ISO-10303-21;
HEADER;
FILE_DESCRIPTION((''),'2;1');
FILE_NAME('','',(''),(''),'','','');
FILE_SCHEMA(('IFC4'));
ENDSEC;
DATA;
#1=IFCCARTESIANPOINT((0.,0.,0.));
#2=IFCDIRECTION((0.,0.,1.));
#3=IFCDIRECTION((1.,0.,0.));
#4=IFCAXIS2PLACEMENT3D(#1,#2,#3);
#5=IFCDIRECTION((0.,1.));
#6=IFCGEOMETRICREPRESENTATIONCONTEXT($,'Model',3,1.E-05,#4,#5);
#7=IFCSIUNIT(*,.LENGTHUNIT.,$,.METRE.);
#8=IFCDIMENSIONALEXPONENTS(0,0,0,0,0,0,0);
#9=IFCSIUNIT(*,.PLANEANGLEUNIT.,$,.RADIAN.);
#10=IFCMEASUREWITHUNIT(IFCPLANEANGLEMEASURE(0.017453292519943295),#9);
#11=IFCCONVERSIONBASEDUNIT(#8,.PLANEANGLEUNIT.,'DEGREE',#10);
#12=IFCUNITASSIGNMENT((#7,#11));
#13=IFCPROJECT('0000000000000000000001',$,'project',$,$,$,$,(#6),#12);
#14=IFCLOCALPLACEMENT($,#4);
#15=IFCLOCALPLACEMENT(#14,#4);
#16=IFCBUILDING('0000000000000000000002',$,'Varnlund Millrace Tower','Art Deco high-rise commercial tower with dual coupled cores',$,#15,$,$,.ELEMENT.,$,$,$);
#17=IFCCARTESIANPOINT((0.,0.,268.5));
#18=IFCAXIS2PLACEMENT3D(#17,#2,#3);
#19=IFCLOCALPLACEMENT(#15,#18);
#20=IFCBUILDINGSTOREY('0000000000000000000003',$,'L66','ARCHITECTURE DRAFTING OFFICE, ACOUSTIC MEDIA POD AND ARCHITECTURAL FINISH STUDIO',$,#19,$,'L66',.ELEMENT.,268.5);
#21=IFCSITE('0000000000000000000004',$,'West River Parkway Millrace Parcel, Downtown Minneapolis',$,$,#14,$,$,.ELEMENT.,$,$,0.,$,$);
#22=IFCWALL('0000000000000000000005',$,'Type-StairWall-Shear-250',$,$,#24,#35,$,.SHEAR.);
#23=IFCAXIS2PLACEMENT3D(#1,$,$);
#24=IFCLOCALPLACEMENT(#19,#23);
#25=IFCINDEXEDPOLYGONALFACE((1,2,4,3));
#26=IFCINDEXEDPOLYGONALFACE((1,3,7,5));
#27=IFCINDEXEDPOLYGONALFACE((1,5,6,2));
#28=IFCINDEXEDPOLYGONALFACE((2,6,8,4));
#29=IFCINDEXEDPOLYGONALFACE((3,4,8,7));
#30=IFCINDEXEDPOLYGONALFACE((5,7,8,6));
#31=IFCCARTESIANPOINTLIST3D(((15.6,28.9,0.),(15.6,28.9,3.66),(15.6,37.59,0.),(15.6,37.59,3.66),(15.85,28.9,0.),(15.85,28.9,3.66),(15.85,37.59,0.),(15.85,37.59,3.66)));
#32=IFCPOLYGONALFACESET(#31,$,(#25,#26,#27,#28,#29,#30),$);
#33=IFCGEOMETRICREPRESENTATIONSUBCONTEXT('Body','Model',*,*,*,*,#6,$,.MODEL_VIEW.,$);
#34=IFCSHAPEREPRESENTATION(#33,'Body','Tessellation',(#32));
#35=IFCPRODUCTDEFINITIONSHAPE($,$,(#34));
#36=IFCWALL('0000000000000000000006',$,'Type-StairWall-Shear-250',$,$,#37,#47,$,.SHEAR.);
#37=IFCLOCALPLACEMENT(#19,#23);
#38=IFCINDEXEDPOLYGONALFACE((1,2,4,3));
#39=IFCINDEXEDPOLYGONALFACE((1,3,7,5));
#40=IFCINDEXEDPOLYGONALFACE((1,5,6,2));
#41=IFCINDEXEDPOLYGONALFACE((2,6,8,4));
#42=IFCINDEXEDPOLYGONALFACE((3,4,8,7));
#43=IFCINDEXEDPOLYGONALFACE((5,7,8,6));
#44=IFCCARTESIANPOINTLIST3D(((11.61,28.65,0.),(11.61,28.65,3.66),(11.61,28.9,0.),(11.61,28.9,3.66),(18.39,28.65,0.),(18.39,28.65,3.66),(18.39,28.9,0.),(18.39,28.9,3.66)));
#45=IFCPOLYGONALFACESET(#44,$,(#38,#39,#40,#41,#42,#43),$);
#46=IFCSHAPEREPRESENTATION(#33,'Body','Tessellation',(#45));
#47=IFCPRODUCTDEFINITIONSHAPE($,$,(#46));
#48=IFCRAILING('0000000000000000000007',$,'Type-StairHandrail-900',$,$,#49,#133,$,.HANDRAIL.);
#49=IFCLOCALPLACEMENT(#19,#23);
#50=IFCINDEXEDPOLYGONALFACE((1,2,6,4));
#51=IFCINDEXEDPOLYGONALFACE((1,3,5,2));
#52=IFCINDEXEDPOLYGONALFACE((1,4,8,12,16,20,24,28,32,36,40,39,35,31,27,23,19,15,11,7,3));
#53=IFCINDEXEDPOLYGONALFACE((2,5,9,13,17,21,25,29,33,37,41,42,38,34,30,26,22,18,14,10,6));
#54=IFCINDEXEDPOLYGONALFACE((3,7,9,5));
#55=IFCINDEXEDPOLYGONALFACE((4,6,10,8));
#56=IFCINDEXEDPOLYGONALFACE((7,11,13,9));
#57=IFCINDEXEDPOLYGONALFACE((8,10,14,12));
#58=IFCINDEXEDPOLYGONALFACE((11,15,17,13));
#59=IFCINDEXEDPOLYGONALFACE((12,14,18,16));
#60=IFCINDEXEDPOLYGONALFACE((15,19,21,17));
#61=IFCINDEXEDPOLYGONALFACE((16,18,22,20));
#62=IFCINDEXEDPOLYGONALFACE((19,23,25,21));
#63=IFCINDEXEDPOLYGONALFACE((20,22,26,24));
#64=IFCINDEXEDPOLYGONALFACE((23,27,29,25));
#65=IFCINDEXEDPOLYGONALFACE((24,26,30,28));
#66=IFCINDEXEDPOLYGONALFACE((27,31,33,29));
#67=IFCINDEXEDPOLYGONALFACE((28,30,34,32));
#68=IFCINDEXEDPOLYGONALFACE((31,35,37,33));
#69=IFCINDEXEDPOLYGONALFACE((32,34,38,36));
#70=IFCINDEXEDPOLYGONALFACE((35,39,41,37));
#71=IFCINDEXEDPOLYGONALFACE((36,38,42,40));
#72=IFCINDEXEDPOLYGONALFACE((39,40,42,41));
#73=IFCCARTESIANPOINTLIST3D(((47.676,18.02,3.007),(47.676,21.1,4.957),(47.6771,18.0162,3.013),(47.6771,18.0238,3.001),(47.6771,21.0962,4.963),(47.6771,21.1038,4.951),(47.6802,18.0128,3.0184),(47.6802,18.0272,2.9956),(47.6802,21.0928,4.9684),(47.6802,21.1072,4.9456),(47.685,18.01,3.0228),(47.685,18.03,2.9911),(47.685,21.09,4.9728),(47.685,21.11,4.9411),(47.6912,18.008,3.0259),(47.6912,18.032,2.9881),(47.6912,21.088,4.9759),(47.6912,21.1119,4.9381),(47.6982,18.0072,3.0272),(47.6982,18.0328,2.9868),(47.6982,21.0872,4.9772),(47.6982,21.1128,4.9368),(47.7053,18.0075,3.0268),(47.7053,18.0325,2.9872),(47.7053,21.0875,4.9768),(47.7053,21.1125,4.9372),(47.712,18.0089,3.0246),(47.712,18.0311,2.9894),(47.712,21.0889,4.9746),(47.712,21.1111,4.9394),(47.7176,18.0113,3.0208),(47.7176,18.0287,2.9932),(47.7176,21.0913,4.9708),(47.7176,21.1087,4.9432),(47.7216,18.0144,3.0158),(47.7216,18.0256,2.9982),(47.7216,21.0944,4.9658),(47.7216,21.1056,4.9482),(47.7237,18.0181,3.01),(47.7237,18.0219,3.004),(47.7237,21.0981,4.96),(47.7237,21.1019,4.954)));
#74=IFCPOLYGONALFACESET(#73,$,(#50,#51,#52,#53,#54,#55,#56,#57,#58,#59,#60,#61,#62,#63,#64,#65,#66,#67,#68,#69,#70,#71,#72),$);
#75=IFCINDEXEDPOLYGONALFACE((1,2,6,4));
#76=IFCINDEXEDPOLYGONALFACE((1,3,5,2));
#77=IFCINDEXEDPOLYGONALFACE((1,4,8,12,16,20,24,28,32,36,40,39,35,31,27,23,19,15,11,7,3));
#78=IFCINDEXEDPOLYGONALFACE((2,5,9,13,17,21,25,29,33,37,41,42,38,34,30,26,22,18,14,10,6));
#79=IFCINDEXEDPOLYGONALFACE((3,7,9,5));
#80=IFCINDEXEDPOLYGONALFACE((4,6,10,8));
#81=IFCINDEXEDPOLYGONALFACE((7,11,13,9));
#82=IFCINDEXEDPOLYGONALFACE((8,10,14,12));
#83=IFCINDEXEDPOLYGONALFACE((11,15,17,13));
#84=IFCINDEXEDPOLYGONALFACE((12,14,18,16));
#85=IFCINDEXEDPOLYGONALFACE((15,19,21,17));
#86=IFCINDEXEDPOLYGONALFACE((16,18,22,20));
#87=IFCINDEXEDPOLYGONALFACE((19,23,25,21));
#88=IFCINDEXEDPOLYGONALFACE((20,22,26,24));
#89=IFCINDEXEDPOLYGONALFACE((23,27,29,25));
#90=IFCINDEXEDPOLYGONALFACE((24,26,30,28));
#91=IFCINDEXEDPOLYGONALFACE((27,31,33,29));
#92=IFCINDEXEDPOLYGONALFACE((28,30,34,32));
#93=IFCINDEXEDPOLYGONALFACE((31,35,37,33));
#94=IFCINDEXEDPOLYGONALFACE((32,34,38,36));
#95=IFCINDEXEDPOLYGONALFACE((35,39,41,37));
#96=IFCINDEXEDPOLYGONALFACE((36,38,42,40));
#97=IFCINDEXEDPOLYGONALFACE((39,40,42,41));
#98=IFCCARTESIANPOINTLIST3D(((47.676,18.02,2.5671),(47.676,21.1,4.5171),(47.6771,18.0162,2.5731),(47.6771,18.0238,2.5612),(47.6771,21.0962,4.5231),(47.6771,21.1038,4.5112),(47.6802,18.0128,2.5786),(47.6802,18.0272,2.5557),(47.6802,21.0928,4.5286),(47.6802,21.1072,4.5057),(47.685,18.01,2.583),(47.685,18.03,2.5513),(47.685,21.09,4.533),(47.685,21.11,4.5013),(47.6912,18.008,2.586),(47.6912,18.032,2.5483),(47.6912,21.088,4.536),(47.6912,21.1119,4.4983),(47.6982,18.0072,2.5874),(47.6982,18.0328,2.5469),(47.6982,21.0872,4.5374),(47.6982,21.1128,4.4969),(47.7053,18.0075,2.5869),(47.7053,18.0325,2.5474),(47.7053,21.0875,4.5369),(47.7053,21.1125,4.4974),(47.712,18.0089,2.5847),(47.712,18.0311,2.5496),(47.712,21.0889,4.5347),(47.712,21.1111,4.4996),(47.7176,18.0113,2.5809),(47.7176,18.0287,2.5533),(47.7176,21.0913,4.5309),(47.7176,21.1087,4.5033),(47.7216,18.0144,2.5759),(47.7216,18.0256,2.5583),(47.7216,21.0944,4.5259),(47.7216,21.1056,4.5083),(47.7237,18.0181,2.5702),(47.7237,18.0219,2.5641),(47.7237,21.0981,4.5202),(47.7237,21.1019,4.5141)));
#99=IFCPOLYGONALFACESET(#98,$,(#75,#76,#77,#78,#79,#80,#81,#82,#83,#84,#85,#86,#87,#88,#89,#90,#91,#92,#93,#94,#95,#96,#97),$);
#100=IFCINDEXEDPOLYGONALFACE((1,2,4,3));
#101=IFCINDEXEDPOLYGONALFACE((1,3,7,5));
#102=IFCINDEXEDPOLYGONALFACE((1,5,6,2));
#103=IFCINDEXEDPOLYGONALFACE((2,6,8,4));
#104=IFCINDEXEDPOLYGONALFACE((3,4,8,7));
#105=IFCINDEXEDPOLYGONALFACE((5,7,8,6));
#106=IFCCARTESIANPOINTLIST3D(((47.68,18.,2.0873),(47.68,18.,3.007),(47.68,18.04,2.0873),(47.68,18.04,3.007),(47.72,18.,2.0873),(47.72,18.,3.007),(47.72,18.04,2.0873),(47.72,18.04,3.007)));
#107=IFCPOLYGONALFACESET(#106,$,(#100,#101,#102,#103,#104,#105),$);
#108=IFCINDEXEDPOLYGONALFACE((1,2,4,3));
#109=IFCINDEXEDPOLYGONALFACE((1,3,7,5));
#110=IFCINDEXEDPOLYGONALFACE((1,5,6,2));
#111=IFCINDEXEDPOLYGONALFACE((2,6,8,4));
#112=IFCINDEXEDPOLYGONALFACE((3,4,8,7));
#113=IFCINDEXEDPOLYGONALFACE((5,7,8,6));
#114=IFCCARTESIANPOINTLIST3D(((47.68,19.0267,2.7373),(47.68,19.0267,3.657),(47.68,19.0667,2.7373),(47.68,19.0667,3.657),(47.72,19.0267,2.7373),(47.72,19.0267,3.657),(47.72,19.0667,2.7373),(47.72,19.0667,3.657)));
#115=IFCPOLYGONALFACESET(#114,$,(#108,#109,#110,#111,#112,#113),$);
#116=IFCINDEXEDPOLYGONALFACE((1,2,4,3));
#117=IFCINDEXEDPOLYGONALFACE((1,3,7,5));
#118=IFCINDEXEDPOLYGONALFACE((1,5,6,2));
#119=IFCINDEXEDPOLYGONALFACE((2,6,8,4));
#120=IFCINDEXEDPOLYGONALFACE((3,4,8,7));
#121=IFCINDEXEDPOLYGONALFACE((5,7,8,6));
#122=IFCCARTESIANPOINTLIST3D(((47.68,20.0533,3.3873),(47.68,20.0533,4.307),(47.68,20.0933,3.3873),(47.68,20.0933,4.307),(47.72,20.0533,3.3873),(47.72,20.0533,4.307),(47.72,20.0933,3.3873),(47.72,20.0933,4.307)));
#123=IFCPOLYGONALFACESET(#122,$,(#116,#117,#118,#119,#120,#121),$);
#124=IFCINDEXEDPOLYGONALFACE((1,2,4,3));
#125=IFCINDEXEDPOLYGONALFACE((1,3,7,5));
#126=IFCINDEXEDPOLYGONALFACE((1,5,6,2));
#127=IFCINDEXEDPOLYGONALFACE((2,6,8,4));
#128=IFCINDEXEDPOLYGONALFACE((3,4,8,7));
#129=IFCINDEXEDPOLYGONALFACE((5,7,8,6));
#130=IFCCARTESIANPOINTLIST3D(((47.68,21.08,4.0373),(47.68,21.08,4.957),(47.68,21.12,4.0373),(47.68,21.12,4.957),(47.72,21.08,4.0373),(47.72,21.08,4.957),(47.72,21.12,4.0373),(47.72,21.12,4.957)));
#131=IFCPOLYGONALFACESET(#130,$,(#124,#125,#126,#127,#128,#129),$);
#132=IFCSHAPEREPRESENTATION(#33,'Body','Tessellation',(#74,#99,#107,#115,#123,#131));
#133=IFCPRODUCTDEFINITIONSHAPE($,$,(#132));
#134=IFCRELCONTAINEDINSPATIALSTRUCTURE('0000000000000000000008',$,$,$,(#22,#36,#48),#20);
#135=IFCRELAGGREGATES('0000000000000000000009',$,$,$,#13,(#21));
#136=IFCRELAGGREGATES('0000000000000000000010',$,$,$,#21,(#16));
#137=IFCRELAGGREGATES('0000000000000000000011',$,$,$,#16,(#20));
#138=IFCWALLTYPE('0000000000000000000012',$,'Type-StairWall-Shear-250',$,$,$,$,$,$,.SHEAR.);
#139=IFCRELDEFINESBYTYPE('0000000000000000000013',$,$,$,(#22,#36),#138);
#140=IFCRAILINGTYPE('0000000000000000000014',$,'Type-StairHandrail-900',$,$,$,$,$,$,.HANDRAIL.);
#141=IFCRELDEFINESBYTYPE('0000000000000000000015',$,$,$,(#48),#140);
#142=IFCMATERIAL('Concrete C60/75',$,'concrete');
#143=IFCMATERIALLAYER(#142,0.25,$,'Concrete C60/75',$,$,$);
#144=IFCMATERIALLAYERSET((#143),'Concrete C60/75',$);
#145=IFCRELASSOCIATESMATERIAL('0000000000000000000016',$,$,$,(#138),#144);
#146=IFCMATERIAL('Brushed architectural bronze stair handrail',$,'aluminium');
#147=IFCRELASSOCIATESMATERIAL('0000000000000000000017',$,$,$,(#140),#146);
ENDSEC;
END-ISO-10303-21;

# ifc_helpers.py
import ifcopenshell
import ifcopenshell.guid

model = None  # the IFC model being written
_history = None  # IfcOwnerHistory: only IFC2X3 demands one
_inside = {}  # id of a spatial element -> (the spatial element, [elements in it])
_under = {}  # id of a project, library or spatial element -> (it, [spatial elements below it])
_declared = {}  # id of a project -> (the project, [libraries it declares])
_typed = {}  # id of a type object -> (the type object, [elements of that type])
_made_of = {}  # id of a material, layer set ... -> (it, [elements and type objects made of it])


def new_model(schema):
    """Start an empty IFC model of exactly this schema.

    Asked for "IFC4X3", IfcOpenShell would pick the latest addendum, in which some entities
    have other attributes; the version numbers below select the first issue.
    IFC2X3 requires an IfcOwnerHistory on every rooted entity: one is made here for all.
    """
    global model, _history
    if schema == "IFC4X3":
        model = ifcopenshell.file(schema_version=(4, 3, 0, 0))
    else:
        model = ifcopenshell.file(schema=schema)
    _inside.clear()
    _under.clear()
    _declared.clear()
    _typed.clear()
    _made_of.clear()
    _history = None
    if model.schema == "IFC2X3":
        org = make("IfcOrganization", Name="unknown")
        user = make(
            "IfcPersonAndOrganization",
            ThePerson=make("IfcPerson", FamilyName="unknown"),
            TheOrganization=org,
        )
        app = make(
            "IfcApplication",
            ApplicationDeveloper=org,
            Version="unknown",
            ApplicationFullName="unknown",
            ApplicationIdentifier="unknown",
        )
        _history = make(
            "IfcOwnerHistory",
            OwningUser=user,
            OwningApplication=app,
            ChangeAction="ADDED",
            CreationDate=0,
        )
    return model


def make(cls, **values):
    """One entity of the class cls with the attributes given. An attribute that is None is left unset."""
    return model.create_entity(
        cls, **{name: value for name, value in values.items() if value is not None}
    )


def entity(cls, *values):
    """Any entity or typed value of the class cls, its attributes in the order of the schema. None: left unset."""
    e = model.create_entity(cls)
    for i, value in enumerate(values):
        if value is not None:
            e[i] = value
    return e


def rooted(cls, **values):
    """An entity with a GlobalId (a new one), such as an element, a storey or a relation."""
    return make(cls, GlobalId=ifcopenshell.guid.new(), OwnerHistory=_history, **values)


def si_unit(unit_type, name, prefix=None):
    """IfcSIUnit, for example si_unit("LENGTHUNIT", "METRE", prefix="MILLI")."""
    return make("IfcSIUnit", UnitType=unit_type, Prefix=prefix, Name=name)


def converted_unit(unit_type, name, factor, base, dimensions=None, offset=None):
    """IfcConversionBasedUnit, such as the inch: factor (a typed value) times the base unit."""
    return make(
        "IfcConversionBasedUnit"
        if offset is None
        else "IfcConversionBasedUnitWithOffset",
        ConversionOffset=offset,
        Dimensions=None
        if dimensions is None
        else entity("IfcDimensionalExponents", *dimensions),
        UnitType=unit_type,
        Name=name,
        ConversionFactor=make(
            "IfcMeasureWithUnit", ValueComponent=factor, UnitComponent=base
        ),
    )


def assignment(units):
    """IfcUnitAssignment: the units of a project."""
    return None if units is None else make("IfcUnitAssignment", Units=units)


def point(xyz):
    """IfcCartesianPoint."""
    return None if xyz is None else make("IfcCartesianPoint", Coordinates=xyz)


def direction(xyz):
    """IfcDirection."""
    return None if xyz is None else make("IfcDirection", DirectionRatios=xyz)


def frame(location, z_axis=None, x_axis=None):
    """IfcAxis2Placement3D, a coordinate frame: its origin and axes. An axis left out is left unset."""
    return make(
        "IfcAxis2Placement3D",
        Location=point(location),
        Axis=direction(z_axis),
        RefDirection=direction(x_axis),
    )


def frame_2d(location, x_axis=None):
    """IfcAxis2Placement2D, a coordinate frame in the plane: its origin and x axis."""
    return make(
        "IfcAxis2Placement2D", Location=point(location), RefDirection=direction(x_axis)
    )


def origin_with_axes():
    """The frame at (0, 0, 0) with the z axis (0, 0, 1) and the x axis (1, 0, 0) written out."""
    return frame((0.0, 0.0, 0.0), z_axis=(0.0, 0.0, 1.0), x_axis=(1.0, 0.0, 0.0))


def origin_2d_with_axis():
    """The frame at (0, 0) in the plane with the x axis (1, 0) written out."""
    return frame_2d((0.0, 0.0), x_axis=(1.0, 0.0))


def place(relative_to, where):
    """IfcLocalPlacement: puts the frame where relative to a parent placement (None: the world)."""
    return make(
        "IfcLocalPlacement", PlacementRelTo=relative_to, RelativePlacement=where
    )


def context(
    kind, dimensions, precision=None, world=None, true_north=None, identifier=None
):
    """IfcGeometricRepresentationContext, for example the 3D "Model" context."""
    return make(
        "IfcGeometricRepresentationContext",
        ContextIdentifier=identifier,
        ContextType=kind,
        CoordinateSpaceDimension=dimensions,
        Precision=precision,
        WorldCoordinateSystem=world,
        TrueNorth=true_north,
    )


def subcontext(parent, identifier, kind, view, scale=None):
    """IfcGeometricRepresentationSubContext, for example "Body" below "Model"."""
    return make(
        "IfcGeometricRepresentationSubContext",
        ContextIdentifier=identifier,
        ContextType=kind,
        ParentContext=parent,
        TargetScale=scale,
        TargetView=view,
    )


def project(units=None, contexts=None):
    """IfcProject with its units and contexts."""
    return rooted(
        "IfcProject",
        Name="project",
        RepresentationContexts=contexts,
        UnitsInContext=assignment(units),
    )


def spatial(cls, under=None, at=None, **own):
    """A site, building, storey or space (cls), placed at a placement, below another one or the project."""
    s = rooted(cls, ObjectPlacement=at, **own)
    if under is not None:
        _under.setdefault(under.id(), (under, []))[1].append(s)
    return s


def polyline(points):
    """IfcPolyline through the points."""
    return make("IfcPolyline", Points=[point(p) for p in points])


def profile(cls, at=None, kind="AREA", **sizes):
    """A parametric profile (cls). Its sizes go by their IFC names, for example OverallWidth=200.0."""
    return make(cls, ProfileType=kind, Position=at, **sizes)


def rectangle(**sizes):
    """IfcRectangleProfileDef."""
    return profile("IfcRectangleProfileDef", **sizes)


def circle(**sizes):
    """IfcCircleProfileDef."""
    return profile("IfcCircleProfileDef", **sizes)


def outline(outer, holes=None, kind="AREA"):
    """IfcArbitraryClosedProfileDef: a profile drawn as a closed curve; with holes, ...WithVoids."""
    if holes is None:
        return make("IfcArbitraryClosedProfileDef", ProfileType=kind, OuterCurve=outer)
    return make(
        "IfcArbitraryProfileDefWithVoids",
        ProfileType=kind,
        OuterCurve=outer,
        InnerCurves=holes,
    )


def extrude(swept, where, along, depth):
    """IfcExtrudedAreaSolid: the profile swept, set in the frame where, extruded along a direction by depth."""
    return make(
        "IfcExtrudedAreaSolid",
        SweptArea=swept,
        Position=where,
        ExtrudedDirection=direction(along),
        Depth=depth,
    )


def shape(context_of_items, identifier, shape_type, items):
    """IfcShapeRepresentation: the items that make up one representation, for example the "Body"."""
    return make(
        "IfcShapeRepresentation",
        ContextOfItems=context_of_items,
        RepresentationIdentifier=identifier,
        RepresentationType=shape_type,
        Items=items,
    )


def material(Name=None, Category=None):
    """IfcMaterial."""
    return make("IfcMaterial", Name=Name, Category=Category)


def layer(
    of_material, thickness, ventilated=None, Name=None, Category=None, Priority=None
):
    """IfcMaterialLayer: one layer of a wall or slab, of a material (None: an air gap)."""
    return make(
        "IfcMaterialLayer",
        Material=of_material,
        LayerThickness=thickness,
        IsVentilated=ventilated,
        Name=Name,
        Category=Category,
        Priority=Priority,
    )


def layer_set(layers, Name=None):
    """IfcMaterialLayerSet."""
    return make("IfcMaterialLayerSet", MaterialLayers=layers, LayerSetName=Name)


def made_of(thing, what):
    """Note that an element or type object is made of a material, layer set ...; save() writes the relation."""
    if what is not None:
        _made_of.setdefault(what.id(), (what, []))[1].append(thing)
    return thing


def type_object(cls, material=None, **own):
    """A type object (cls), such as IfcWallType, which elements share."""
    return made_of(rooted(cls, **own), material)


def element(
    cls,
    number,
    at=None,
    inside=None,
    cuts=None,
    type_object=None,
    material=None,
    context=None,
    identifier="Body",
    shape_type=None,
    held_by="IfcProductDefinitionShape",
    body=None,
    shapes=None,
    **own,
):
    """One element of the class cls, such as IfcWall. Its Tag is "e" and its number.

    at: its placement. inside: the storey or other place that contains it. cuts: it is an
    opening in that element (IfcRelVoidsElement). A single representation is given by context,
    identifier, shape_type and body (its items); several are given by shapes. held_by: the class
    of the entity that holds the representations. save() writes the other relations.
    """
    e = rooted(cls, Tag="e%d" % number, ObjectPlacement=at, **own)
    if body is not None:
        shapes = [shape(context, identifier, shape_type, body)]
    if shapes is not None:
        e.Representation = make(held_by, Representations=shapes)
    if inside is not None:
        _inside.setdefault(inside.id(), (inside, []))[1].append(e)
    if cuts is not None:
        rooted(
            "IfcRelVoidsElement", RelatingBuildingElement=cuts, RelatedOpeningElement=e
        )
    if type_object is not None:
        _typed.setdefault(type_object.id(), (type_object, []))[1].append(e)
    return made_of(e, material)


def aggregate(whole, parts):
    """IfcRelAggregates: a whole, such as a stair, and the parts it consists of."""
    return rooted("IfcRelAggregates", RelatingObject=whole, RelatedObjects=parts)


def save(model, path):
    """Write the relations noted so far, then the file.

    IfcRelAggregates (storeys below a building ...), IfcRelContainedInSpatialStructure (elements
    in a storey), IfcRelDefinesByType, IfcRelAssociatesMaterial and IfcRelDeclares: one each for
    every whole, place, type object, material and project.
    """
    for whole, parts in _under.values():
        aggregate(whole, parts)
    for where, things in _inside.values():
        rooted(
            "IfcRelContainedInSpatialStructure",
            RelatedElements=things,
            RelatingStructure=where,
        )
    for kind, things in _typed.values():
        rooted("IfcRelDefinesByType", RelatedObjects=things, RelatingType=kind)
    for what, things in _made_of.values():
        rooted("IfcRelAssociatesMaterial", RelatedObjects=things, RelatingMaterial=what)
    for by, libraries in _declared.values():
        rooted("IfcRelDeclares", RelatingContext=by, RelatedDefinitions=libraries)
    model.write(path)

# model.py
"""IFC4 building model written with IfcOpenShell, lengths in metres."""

from ifc_helpers import new_model, entity, si_unit, converted_unit, direction, frame, origin_with_axes, origin_2d_with_axis, place, context, subcontext, project, spatial, polyline, rectangle, circle, outline, extrude, material, layer, layer_set, type_object, element, save


model = new_model("IFC4")

# Units and contexts
model_context = context("Model", 3, precision=1e-05, world=origin_with_axes(), true_north=direction((0.0, 1.0)))
body_context = subcontext(model_context, "Body", "Model", "MODEL_VIEW")
ifc_project = project(units=[si_unit("LENGTHUNIT", "METRE"), converted_unit("PLANEANGLEUNIT", "DEGREE", entity("IfcPlaneAngleMeasure", 0.017453292519943295), si_unit("PLANEANGLEUNIT", "RADIAN"), dimensions=[0, 0, 0, 0, 0, 0, 0])], contexts=[model_context])

# Site, building, storey
site_placement = place(None, origin_with_axes())
site = spatial("IfcSite", under=ifc_project, at=site_placement, Name="West River Parkway Millrace Parcel, Downtown Minneapolis", CompositionType="ELEMENT", RefElevation=0.0)
building_placement = place(site_placement, origin_with_axes())
building = spatial("IfcBuilding", under=site, at=building_placement, Name="Varnlund Millrace Tower", Description="Art Deco high-rise commercial tower with dual coupled cores", CompositionType="ELEMENT")
storey_placement = place(building_placement, frame((0.0, 0.0, 268.5), z_axis=(0.0, 0.0, 1.0), x_axis=(1.0, 0.0, 0.0)))
storey = spatial("IfcBuildingStorey", under=building, at=storey_placement, Name="L66", Description="ARCHITECTURE DRAFTING OFFICE, ACOUSTIC MEDIA POD AND ARCHITECTURAL FINISH STUDIO", LongName="L66", CompositionType="ELEMENT", Elevation=268.5)

# Shared definitions
ifc_material_1 = material(Name="Concrete C60/75", Category="concrete")

# Walls
ifc_layer_1 = layer(ifc_material_1, 0.25, Name="Concrete C60/75")
ifc_layer_set_1 = layer_set([ifc_layer_1], Name="Concrete C60/75")
wall_type_1 = type_object("IfcWallType", Name="Type-StairWall-Shear-250", PredefinedType="SHEAR", material=ifc_layer_set_1)
wall_1_placement = place(storey_placement, frame((15.725, 28.9, 0.0), z_axis=(0.0, 0.0, 1.0), x_axis=(0.0, 1.0, 0.0)))
element("IfcWall", 1, at=wall_1_placement, inside=storey, type_object=wall_type_1, Name="Type-StairWall-Shear-250", PredefinedType="SHEAR", context=body_context, shape_type="SweptSolid", body=[
    extrude(outline(polyline([(0.0, -0.125), (8.69, -0.125), (8.69, 0.125), (0.0, 0.125), (0.0, -0.125)])), origin_with_axes(), (0.0, 0.0, 1.0), 3.66),
])
wall_2_placement = place(storey_placement, frame((11.61, 28.775, 0.0), z_axis=(0.0, 0.0, 1.0), x_axis=(1.0, 0.0, 0.0)))
element("IfcWall", 2, at=wall_2_placement, inside=storey, type_object=wall_type_1, Name="Type-StairWall-Shear-250", PredefinedType="SHEAR", context=body_context, shape_type="SweptSolid", body=[
    extrude(outline(polyline([(0.0, -0.125), (6.78, -0.125), (6.78, 0.125), (0.0, 0.125), (0.0, -0.125)])), origin_with_axes(), (0.0, 0.0, 1.0), 3.66),
])

# Railing
ifc_material_2 = material(Name="Brushed architectural bronze stair handrail", Category="aluminium")
railing_type = type_object("IfcRailingType", Name="Type-StairHandrail-900", PredefinedType="HANDRAIL", material=ifc_material_2)
railing_placement = place(storey_placement, frame((0.0, 0.0, -268.5), z_axis=(0.0, 0.0, 1.0), x_axis=(1.0, 0.0, 0.0)))
element("IfcRailing", 3, at=railing_placement, inside=storey, type_object=railing_type, Name="Type-StairHandrail-900", PredefinedType="HANDRAIL", context=body_context, shape_type="SweptSolid", body=[
    extrude(circle(Radius=0.024, at=origin_2d_with_axis()), frame((47.7, 18.02, 271.507), z_axis=(0.0, 0.844902, 0.534922), x_axis=(-1.0, 0.0, 0.0)), (0.0, 0.0, 1.0), 3.6454),
    extrude(circle(Radius=0.024, at=origin_2d_with_axis()), frame((47.7, 18.02, 271.0671), z_axis=(0.0, 0.844902, 0.534922), x_axis=(-1.0, 0.0, 0.0)), (0.0, 0.0, 1.0), 3.6454),
    extrude(rectangle(XDim=0.04, YDim=0.04, at=origin_2d_with_axis()), frame((47.7, 18.02, 270.5873), z_axis=(0.0, 0.0, 1.0), x_axis=(1.0, 0.0, 0.0)), (0.0, 0.0, 1.0), 0.9197),
    extrude(rectangle(XDim=0.04, YDim=0.04, at=origin_2d_with_axis()), frame((47.7, 19.0467, 271.2373), z_axis=(0.0, 0.0, 1.0), x_axis=(1.0, 0.0, 0.0)), (0.0, 0.0, 1.0), 0.9197),
    extrude(rectangle(XDim=0.04, YDim=0.04, at=origin_2d_with_axis()), frame((47.7, 20.0733, 271.8873), z_axis=(0.0, 0.0, 1.0), x_axis=(1.0, 0.0, 0.0)), (0.0, 0.0, 1.0), 0.9197),
    extrude(rectangle(XDim=0.04, YDim=0.04, at=origin_2d_with_axis()), frame((47.7, 21.1, 272.5373), z_axis=(0.0, 0.0, 1.0), x_axis=(1.0, 0.0, 0.0)), (0.0, 0.0, 1.0), 0.9197),
])

save(model, "model.ifc")
